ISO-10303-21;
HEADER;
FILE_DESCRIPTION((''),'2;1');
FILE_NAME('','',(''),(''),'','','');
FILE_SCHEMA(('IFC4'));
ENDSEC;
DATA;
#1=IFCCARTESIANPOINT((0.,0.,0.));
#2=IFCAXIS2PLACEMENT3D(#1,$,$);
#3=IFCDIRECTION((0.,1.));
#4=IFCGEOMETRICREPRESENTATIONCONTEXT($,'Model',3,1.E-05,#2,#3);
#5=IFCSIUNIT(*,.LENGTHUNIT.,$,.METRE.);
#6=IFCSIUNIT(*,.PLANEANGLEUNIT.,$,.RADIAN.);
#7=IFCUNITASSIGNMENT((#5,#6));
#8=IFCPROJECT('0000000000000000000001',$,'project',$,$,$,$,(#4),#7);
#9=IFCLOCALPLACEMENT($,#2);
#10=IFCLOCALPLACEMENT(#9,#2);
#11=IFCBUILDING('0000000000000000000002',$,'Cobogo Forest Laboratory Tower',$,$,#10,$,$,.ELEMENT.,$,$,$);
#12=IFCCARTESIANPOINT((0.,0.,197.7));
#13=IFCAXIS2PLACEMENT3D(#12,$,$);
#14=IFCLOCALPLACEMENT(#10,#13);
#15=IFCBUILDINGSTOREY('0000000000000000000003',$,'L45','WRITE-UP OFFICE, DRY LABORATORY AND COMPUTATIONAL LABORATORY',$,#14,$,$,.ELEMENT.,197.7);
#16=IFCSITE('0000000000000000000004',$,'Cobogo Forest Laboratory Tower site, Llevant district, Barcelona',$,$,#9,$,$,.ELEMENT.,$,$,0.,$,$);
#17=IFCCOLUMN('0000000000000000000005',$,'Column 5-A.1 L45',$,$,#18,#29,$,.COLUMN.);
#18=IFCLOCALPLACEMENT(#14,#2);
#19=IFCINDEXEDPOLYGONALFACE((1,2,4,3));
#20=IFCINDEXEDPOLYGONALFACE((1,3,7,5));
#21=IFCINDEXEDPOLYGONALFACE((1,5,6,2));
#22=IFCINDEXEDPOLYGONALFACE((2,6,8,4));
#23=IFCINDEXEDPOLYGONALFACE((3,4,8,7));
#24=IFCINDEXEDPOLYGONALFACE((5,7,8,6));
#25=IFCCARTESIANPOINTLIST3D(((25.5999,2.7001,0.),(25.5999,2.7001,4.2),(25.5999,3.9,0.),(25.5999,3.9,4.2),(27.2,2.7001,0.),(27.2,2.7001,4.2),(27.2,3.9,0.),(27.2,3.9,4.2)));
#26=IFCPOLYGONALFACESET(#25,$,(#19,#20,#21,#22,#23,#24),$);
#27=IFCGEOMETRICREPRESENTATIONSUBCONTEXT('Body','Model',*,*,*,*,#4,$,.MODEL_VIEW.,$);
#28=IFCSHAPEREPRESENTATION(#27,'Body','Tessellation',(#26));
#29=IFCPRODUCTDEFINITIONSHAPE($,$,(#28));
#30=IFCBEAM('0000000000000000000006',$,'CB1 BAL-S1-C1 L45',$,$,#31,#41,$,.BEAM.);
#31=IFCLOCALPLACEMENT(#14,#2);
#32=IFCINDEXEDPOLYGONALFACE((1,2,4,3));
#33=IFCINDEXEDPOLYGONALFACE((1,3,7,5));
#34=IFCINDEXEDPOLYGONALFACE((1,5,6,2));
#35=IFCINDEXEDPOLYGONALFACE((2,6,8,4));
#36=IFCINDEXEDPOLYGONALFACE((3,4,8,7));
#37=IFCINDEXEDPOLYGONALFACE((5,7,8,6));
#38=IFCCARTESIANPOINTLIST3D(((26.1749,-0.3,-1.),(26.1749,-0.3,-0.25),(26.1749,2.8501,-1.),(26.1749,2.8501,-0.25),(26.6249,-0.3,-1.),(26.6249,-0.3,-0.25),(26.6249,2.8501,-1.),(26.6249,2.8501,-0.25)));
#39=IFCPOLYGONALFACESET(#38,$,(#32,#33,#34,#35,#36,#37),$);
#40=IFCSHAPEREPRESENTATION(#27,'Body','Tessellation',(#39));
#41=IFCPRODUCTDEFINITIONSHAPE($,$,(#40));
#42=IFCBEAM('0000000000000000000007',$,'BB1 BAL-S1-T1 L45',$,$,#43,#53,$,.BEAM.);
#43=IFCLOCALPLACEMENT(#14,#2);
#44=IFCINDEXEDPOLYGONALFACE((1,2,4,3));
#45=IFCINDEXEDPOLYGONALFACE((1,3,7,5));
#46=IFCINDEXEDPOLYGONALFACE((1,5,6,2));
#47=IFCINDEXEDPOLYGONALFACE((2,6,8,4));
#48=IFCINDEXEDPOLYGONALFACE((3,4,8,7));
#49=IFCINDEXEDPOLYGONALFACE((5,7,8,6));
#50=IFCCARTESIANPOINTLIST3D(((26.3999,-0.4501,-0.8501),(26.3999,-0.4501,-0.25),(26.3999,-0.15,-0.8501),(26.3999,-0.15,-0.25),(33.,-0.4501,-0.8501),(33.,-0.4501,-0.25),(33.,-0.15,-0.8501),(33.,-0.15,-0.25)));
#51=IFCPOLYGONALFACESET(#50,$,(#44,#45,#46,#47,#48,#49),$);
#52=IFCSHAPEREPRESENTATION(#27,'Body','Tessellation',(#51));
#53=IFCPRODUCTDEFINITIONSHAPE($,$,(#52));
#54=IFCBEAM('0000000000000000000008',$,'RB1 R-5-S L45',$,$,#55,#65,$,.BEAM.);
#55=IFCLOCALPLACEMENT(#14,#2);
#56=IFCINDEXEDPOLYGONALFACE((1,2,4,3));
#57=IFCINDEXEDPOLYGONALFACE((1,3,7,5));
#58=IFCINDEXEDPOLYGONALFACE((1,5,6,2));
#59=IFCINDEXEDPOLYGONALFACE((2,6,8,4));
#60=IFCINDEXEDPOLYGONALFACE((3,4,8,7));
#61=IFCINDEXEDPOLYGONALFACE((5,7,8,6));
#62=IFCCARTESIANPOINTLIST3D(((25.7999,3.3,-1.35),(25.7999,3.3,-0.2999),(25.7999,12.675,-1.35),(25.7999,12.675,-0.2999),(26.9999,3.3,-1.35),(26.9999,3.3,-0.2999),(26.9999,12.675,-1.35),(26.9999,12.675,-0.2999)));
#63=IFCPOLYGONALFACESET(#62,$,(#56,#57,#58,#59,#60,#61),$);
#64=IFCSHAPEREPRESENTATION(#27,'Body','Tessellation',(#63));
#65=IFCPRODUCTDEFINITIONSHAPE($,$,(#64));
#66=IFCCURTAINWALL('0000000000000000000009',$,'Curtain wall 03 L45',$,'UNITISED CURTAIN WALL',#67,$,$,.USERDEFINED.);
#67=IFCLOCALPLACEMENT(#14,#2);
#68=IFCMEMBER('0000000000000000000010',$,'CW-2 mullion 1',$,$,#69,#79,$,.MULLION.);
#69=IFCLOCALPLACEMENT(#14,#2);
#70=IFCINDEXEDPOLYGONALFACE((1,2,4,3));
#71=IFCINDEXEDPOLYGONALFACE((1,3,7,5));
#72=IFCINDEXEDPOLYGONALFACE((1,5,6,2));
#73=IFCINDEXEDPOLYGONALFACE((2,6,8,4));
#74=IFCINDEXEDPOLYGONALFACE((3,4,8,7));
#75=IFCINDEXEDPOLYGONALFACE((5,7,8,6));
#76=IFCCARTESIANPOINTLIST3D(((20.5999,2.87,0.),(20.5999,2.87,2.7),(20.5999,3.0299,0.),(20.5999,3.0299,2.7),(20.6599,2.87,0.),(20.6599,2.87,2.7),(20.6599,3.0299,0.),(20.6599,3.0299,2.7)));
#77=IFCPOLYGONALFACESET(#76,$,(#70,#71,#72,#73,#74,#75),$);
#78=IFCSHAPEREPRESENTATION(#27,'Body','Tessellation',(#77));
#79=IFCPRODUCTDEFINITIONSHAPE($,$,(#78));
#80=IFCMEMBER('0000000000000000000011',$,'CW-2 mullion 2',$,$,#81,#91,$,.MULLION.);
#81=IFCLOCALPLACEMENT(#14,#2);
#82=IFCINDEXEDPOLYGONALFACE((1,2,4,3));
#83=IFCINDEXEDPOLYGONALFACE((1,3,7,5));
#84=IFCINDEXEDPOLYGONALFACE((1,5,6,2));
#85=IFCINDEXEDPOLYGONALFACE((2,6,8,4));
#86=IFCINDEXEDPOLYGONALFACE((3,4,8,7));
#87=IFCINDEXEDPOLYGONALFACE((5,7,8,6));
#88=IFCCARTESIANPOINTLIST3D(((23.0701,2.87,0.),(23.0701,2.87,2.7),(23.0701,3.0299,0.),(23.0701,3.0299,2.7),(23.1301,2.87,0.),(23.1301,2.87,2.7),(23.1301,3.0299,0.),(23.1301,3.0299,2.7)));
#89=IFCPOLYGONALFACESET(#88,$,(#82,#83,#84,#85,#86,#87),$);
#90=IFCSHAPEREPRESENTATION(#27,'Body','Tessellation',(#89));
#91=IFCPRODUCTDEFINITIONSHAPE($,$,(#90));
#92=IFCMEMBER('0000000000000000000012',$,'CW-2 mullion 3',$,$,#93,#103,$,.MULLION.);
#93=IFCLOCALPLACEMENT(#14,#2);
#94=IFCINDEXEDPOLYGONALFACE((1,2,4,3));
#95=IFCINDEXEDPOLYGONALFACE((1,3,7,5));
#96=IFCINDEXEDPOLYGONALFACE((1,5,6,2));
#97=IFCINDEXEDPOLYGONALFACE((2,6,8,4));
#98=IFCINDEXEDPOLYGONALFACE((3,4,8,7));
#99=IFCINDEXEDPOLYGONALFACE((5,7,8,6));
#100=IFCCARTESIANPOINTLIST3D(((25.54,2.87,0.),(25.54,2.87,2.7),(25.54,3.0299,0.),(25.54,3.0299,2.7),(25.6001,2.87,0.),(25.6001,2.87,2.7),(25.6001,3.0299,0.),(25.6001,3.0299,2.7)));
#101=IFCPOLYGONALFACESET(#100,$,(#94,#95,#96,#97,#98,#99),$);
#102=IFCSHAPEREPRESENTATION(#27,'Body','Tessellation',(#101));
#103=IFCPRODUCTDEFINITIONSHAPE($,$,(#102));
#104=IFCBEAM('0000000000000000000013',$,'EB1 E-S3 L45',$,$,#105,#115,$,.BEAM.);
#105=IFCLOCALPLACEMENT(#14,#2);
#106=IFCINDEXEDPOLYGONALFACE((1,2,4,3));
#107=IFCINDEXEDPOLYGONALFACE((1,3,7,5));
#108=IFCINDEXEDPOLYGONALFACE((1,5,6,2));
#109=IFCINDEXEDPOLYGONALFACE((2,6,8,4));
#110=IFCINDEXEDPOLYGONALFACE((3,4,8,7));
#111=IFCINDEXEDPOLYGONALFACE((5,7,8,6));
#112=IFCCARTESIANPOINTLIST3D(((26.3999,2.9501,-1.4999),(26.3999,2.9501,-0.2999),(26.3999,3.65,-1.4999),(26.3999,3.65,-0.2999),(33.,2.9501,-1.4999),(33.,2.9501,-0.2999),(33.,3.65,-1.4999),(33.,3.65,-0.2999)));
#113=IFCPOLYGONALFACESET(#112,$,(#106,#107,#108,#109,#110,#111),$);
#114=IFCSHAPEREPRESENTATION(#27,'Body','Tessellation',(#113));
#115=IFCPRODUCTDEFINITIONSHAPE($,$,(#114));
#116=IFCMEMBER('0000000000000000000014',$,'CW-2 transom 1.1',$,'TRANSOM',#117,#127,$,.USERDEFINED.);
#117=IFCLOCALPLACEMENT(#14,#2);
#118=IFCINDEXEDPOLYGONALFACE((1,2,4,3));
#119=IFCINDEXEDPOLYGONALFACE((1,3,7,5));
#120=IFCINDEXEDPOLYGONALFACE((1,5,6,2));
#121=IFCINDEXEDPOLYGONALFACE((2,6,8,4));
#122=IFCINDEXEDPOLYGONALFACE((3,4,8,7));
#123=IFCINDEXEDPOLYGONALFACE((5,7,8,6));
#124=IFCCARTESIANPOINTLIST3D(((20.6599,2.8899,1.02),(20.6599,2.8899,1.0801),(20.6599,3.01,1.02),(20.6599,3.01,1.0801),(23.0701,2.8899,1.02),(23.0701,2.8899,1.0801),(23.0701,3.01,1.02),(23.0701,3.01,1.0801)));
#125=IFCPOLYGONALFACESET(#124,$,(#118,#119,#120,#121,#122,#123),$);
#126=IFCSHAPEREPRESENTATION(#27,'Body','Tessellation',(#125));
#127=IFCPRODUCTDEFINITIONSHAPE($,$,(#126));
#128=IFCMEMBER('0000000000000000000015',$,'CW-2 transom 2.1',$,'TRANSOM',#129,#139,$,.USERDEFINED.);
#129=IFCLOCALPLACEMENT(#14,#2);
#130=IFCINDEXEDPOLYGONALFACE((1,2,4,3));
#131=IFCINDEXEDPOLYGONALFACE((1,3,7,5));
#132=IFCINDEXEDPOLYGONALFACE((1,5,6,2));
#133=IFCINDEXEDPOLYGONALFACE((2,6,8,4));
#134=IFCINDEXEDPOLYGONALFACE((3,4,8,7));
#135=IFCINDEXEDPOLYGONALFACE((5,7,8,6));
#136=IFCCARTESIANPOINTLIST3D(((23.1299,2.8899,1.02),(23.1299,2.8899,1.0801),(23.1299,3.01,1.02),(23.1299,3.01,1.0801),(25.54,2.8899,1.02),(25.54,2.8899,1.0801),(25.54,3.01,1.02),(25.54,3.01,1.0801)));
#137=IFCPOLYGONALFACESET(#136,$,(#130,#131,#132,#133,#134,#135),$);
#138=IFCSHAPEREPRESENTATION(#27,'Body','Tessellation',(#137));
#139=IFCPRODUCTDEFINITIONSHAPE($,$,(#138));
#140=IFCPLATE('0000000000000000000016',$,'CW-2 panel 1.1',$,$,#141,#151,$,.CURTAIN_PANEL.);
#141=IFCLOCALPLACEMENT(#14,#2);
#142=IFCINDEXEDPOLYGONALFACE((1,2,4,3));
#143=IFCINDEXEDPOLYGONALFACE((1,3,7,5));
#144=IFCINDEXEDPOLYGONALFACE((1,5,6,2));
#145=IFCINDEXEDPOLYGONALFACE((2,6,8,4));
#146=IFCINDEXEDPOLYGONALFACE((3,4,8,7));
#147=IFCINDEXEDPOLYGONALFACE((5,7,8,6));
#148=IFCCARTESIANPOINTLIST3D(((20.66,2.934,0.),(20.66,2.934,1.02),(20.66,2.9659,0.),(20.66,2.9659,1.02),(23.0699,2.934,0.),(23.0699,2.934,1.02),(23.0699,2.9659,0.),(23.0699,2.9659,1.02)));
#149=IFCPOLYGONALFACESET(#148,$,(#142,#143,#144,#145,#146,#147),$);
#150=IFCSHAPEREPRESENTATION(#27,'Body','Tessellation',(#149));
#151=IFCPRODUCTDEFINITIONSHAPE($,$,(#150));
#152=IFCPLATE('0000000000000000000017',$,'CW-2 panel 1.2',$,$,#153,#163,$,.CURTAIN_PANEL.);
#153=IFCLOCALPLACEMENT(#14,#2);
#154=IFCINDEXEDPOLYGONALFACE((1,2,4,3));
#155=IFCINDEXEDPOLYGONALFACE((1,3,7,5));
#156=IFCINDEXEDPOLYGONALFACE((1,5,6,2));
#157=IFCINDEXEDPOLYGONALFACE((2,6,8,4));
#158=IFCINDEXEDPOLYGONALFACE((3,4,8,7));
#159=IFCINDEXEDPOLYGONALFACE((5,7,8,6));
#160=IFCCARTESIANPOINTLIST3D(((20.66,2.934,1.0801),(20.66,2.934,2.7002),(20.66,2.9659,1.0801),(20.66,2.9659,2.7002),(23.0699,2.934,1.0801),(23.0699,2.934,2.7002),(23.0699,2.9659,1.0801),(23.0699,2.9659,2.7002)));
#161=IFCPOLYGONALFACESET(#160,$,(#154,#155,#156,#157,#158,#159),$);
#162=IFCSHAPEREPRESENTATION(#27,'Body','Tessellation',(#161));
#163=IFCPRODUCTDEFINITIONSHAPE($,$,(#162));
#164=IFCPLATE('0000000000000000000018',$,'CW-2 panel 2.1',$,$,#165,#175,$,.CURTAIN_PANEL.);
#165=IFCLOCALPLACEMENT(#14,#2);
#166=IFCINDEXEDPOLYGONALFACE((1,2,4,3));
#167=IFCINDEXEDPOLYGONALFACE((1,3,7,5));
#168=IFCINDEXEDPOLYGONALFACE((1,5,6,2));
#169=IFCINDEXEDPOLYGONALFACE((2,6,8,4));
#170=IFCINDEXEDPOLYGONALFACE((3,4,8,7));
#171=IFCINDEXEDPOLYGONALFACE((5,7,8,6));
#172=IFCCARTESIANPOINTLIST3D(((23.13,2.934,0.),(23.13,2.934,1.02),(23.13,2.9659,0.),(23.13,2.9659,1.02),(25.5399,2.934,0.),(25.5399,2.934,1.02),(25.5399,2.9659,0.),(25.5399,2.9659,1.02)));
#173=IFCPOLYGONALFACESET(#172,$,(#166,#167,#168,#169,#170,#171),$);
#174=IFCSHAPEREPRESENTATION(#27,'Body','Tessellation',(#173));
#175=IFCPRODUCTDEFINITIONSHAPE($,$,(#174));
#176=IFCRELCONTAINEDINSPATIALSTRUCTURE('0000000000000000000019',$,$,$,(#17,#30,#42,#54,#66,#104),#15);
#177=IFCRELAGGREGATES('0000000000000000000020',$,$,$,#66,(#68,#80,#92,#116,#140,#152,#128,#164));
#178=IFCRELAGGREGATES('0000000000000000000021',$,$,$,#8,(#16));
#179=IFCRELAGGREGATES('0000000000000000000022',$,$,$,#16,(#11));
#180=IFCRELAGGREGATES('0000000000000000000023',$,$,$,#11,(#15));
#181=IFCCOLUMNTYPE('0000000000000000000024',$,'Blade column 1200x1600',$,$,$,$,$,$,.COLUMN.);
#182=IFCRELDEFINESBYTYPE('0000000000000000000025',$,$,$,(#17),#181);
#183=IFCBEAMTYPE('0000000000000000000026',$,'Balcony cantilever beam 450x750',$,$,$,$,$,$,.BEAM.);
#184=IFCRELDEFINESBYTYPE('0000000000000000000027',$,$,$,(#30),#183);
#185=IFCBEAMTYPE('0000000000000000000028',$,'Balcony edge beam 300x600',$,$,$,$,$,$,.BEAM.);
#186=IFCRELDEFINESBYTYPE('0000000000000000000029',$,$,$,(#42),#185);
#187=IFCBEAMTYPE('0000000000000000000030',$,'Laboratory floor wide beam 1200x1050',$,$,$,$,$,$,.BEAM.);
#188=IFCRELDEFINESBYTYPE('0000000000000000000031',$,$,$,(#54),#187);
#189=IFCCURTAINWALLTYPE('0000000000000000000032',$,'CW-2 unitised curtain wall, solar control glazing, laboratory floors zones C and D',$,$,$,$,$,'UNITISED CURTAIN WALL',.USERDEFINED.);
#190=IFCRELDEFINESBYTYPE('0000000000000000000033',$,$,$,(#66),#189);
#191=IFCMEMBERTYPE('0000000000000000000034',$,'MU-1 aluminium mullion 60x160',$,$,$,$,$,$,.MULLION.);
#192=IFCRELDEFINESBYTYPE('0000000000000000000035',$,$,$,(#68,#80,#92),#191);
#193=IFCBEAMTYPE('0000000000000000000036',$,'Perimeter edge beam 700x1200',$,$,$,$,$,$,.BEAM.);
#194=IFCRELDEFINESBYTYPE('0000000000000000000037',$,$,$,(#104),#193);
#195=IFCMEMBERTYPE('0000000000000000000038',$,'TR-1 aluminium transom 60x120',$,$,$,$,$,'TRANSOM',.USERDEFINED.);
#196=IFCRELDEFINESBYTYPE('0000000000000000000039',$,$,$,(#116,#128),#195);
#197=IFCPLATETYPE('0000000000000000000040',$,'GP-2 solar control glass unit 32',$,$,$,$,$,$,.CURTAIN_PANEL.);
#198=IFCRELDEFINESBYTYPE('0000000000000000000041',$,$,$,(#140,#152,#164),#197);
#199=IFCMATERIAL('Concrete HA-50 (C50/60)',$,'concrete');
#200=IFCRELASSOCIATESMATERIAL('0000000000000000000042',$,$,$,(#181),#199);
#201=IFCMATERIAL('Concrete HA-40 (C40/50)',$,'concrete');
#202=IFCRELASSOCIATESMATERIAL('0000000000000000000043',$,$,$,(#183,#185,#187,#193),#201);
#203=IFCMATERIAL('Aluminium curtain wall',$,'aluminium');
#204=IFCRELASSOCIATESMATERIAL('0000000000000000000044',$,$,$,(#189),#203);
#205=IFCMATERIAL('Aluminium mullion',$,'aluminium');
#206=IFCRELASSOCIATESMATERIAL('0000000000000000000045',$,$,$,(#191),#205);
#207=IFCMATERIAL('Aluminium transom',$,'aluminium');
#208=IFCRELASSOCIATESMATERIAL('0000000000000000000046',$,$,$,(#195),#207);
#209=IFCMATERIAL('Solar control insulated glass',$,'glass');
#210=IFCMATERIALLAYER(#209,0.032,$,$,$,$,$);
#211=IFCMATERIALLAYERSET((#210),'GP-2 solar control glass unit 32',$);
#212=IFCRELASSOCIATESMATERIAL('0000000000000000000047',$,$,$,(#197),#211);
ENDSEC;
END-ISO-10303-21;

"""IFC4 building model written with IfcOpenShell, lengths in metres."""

from ifc_helpers import new_model, si_unit, direction, frame, origin, origin_2d, place, context, subcontext, project, spatial, rectangle, extrude, material, layer, layer_set, material_profile, profile_set, type_object, element, aggregate, save


model = new_model("IFC4")

# Units and contexts
model_context = context("Model", 3, precision=1e-05, world=origin(), true_north=direction((0.0, 1.0)))
body_context = subcontext(model_context, "Body", "Model", "MODEL_VIEW")
ifc_project = project(units=[si_unit("LENGTHUNIT", "METRE"), si_unit("PLANEANGLEUNIT", "RADIAN")], contexts=[model_context])

# Site, building, storey
site_placement = place(None, origin())
site = spatial("IfcSite", under=ifc_project, at=site_placement, Name="Cobogo Forest Laboratory Tower site, Llevant district, Barcelona", CompositionType="ELEMENT", RefElevation=0.0)
building_placement = place(site_placement, origin())
building = spatial("IfcBuilding", under=site, at=building_placement, Name="Cobogo Forest Laboratory Tower", CompositionType="ELEMENT")
storey_placement = place(building_placement, frame((0.0, 0.0, 197.7)))
storey = spatial("IfcBuildingStorey", under=building, at=storey_placement, Name="L45", Description="WRITE-UP OFFICE, DRY LABORATORY AND COMPUTATIONAL LABORATORY", CompositionType="ELEMENT", Elevation=197.7)

# Column
ifc_material_1 = material(Name="Concrete HA-50 (C50/60)", Category="concrete")
ifc_material_profile_1 = material_profile(ifc_material_1, rectangle(XDim=1.6001, YDim=1.2, at=origin_2d()), Name="RC 1200x1600")
ifc_profile_set_1 = profile_set([ifc_material_profile_1], Name="Concrete HA-50 (C50/60)")
column_type = type_object("IfcColumnType", Name="Blade column 1200x1600", PredefinedType="COLUMN", material=ifc_profile_set_1)
column_placement = place(storey_placement, frame((26.3999, 3.3, 0.0), z_axis=(0.0, 0.0, 1.0), x_axis=(1.0, 0.0, 0.0)))
element("IfcColumn", 1, at=column_placement, inside=storey, type_object=column_type, Name="Column 5-A.1 L45", PredefinedType="COLUMN", context=body_context, shape_type="SweptSolid", body=[
    extrude(rectangle(XDim=1.6001, YDim=1.2, at=origin_2d()), origin(), (0.0, 0.0, 1.0), 4.2),
])

# Beams
ifc_material_2 = material(Name="Concrete HA-40 (C40/50)", Category="concrete")
ifc_material_profile_2 = material_profile(ifc_material_2, rectangle(XDim=0.45, YDim=0.75, at=origin_2d()), Name="RC 450x750")
ifc_profile_set_2 = profile_set([ifc_material_profile_2], Name="Concrete HA-40 (C40/50)")
beam_type_1 = type_object("IfcBeamType", Name="Balcony cantilever beam 450x750", PredefinedType="BEAM", material=ifc_profile_set_2)
beam_1_placement = place(storey_placement, frame((26.3999, 2.8501, -0.625), z_axis=(0.0, -1.0, 0.0), x_axis=(1.0, 0.0, 0.0)))
element("IfcBeam", 2, at=beam_1_placement, inside=storey, type_object=beam_type_1, Name="CB1 BAL-S1-C1 L45", PredefinedType="BEAM", context=body_context, shape_type="SweptSolid", body=[
    extrude(rectangle(XDim=0.45, YDim=0.75, at=origin_2d()), origin(), (0.0, 0.0, 1.0), 3.1501),
])
ifc_material_profile_3 = material_profile(ifc_material_2, rectangle(XDim=0.3, YDim=0.6001, at=origin_2d()), Name="RC 300x600")
ifc_profile_set_3 = profile_set([ifc_material_profile_3], Name="Concrete HA-40 (C40/50)")
beam_type_2 = type_object("IfcBeamType", Name="Balcony edge beam 300x600", PredefinedType="BEAM", material=ifc_profile_set_3)
beam_2_placement = place(storey_placement, frame((26.3999, -0.3, -0.55), z_axis=(1.0, 0.0, 0.0), x_axis=(0.0, 1.0, 0.0)))
element("IfcBeam", 3, at=beam_2_placement, inside=storey, type_object=beam_type_2, Name="BB1 BAL-S1-T1 L45", PredefinedType="BEAM", context=body_context, shape_type="SweptSolid", body=[
    extrude(rectangle(XDim=0.3, YDim=0.6001, at=origin_2d()), origin(), (0.0, 0.0, 1.0), 6.6001),
])
ifc_material_profile_4 = material_profile(ifc_material_2, rectangle(XDim=1.2, YDim=1.05, at=origin_2d()), Name="RC 1200x1050")
ifc_profile_set_4 = profile_set([ifc_material_profile_4], Name="Concrete HA-40 (C40/50)")
beam_type_3 = type_object("IfcBeamType", Name="Laboratory floor wide beam 1200x1050", PredefinedType="BEAM", material=ifc_profile_set_4)
beam_3_placement = place(storey_placement, frame((26.3999, 12.675, -0.825), z_axis=(0.0, -1.0, 0.0), x_axis=(1.0, 0.0, 0.0)))
element("IfcBeam", 4, at=beam_3_placement, inside=storey, type_object=beam_type_3, Name="RB1 R-5-S L45", PredefinedType="BEAM", context=body_context, shape_type="SweptSolid", body=[
    extrude(rectangle(XDim=1.2, YDim=1.05, at=origin_2d()), origin(), (0.0, 0.0, 1.0), 9.375),
])

# Curtain wall, members
ifc_material_3 = material(Name="Aluminium curtain wall", Category="aluminium")
curtain_wall_type = type_object("IfcCurtainWallType", Name="CW-2 unitised curtain wall, solar control glazing, laboratory floors zones C and D", ElementType="UNITISED CURTAIN WALL", PredefinedType="USERDEFINED", material=ifc_material_3)
curtain_wall_placement = place(storey_placement, origin())
curtain_wall = element("IfcCurtainWall", 5, at=curtain_wall_placement, inside=storey, type_object=curtain_wall_type, Name="Curtain wall 03 L45", ObjectType="UNITISED CURTAIN WALL", PredefinedType="USERDEFINED")
ifc_material_4 = material(Name="Aluminium mullion", Category="aluminium")
ifc_material_profile_5 = material_profile(ifc_material_4, rectangle(XDim=0.0601, YDim=0.1599, at=origin_2d()), Name="AL 60x160")
ifc_profile_set_5 = profile_set([ifc_material_profile_5], Name="Aluminium mullion")
member_type_1 = type_object("IfcMemberType", Name="MU-1 aluminium mullion 60x160", PredefinedType="MULLION", material=ifc_profile_set_5)
member_1_placement = place(storey_placement, frame((20.6299, 2.95, 0.0), z_axis=(0.0, 0.0, 1.0), x_axis=(1.0, 0.0, 0.0)))
member_1 = element("IfcMember", 6, at=member_1_placement, type_object=member_type_1, Name="CW-2 mullion 1", PredefinedType="MULLION", context=body_context, shape_type="SweptSolid", body=[
    extrude(rectangle(XDim=0.0601, YDim=0.1599, at=origin_2d()), origin(), (0.0, 0.0, 1.0), 2.7),
])
member_2_placement = place(storey_placement, frame((23.1001, 2.95, 0.0), z_axis=(0.0, 0.0, 1.0), x_axis=(1.0, 0.0, 0.0)))
member_2 = element("IfcMember", 7, at=member_2_placement, type_object=member_type_1, Name="CW-2 mullion 2", PredefinedType="MULLION", context=body_context, shape_type="SweptSolid", body=[
    extrude(rectangle(XDim=0.0601, YDim=0.1599, at=origin_2d()), origin(), (0.0, 0.0, 1.0), 2.7),
])
member_3_placement = place(storey_placement, frame((25.5701, 2.95, 0.0), z_axis=(0.0, 0.0, 1.0), x_axis=(1.0, 0.0, 0.0)))
member_3 = element("IfcMember", 8, at=member_3_placement, type_object=member_type_1, Name="CW-2 mullion 3", PredefinedType="MULLION", context=body_context, shape_type="SweptSolid", body=[
    extrude(rectangle(XDim=0.0601, YDim=0.1599, at=origin_2d()), origin(), (0.0, 0.0, 1.0), 2.7),
])

# Beam
ifc_material_profile_6 = material_profile(ifc_material_2, rectangle(XDim=0.7, YDim=1.2, at=origin_2d()), Name="RC 700x1200")
ifc_profile_set_6 = profile_set([ifc_material_profile_6], Name="Concrete HA-40 (C40/50)")
beam_type_4 = type_object("IfcBeamType", Name="Perimeter edge beam 700x1200", PredefinedType="BEAM", material=ifc_profile_set_6)
beam_4_placement = place(storey_placement, frame((26.3999, 3.3, -0.8999), z_axis=(1.0, 0.0, 0.0), x_axis=(0.0, 1.0, 0.0)))
element("IfcBeam", 9, at=beam_4_placement, inside=storey, type_object=beam_type_4, Name="EB1 E-S3 L45", PredefinedType="BEAM", context=body_context, shape_type="SweptSolid", body=[
    extrude(rectangle(XDim=0.7, YDim=1.2, at=origin_2d()), origin(), (0.0, 0.0, 1.0), 6.6001),
])

# Members
ifc_material_5 = material(Name="Aluminium transom", Category="aluminium")
ifc_material_profile_7 = material_profile(ifc_material_5, rectangle(XDim=0.1201, YDim=0.0601, at=origin_2d()), Name="AL 60x120")
ifc_profile_set_7 = profile_set([ifc_material_profile_7], Name="Aluminium transom")
member_type_2 = type_object("IfcMemberType", Name="TR-1 aluminium transom 60x120", ElementType="TRANSOM", PredefinedType="USERDEFINED", material=ifc_profile_set_7)
member_4_placement = place(storey_placement, frame((20.6599, 2.95, 1.05), z_axis=(1.0, 0.0, 0.0), x_axis=(0.0, 1.0, 0.0)))
member_4 = element("IfcMember", 10, at=member_4_placement, type_object=member_type_2, Name="CW-2 transom 1.1", ObjectType="TRANSOM", PredefinedType="USERDEFINED", context=body_context, shape_type="SweptSolid", body=[
    extrude(rectangle(XDim=0.1201, YDim=0.0601, at=origin_2d()), origin(), (0.0, 0.0, 1.0), 2.4102),
])
member_5_placement = place(storey_placement, frame((23.1299, 2.95, 1.05), z_axis=(1.0, 0.0, 0.0), x_axis=(0.0, 1.0, 0.0)))
member_5 = element("IfcMember", 11, at=member_5_placement, type_object=member_type_2, Name="CW-2 transom 2.1", ObjectType="TRANSOM", PredefinedType="USERDEFINED", context=body_context, shape_type="SweptSolid", body=[
    extrude(rectangle(XDim=0.1201, YDim=0.0601, at=origin_2d()), origin(), (0.0, 0.0, 1.0), 2.4102),
])

# Plates
ifc_material_6 = material(Name="Solar control insulated glass", Category="glass")
ifc_layer_1 = layer(ifc_material_6, 0.032)
ifc_layer_set_1 = layer_set([ifc_layer_1], Name="GP-2 solar control glass unit 32")
plate_type_1 = type_object("IfcPlateType", Name="GP-2 solar control glass unit 32", PredefinedType="CURTAIN_PANEL", material=ifc_layer_set_1)
plate_1_placement = place(storey_placement, frame((21.865, 2.95, 0.0), z_axis=(0.0, 0.0, 1.0), x_axis=(1.0, 0.0, 0.0)))
plate_1 = element("IfcPlate", 12, at=plate_1_placement, type_object=plate_type_1, Name="CW-2 panel 1.1", PredefinedType="CURTAIN_PANEL", context=body_context, shape_type="SweptSolid", body=[
    extrude(rectangle(XDim=2.4099, YDim=0.032, at=origin_2d()), origin(), (0.0, 0.0, 1.0), 1.02),
])
plate_2_placement = place(storey_placement, frame((21.865, 2.95, 1.0801), z_axis=(0.0, 0.0, 1.0), x_axis=(1.0, 0.0, 0.0)))
plate_2 = element("IfcPlate", 13, at=plate_2_placement, type_object=plate_type_1, Name="CW-2 panel 1.2", PredefinedType="CURTAIN_PANEL", context=body_context, shape_type="SweptSolid", body=[
    extrude(rectangle(XDim=2.4099, YDim=0.032, at=origin_2d()), origin(), (0.0, 0.0, 1.0), 1.6201),
])
plate_3_placement = place(storey_placement, frame((24.335, 2.95, 0.0), z_axis=(0.0, 0.0, 1.0), x_axis=(1.0, 0.0, 0.0)))
plate_3 = element("IfcPlate", 14, at=plate_3_placement, type_object=plate_type_1, Name="CW-2 panel 2.1", PredefinedType="CURTAIN_PANEL", context=body_context, shape_type="SweptSolid", body=[
    extrude(rectangle(XDim=2.4099, YDim=0.032, at=origin_2d()), origin(), (0.0, 0.0, 1.0), 1.02),
])
aggregate(curtain_wall, [member_1, member_2, member_3, member_4, plate_1, plate_2, member_5, plate_3])

save(model, "model.ifc")
